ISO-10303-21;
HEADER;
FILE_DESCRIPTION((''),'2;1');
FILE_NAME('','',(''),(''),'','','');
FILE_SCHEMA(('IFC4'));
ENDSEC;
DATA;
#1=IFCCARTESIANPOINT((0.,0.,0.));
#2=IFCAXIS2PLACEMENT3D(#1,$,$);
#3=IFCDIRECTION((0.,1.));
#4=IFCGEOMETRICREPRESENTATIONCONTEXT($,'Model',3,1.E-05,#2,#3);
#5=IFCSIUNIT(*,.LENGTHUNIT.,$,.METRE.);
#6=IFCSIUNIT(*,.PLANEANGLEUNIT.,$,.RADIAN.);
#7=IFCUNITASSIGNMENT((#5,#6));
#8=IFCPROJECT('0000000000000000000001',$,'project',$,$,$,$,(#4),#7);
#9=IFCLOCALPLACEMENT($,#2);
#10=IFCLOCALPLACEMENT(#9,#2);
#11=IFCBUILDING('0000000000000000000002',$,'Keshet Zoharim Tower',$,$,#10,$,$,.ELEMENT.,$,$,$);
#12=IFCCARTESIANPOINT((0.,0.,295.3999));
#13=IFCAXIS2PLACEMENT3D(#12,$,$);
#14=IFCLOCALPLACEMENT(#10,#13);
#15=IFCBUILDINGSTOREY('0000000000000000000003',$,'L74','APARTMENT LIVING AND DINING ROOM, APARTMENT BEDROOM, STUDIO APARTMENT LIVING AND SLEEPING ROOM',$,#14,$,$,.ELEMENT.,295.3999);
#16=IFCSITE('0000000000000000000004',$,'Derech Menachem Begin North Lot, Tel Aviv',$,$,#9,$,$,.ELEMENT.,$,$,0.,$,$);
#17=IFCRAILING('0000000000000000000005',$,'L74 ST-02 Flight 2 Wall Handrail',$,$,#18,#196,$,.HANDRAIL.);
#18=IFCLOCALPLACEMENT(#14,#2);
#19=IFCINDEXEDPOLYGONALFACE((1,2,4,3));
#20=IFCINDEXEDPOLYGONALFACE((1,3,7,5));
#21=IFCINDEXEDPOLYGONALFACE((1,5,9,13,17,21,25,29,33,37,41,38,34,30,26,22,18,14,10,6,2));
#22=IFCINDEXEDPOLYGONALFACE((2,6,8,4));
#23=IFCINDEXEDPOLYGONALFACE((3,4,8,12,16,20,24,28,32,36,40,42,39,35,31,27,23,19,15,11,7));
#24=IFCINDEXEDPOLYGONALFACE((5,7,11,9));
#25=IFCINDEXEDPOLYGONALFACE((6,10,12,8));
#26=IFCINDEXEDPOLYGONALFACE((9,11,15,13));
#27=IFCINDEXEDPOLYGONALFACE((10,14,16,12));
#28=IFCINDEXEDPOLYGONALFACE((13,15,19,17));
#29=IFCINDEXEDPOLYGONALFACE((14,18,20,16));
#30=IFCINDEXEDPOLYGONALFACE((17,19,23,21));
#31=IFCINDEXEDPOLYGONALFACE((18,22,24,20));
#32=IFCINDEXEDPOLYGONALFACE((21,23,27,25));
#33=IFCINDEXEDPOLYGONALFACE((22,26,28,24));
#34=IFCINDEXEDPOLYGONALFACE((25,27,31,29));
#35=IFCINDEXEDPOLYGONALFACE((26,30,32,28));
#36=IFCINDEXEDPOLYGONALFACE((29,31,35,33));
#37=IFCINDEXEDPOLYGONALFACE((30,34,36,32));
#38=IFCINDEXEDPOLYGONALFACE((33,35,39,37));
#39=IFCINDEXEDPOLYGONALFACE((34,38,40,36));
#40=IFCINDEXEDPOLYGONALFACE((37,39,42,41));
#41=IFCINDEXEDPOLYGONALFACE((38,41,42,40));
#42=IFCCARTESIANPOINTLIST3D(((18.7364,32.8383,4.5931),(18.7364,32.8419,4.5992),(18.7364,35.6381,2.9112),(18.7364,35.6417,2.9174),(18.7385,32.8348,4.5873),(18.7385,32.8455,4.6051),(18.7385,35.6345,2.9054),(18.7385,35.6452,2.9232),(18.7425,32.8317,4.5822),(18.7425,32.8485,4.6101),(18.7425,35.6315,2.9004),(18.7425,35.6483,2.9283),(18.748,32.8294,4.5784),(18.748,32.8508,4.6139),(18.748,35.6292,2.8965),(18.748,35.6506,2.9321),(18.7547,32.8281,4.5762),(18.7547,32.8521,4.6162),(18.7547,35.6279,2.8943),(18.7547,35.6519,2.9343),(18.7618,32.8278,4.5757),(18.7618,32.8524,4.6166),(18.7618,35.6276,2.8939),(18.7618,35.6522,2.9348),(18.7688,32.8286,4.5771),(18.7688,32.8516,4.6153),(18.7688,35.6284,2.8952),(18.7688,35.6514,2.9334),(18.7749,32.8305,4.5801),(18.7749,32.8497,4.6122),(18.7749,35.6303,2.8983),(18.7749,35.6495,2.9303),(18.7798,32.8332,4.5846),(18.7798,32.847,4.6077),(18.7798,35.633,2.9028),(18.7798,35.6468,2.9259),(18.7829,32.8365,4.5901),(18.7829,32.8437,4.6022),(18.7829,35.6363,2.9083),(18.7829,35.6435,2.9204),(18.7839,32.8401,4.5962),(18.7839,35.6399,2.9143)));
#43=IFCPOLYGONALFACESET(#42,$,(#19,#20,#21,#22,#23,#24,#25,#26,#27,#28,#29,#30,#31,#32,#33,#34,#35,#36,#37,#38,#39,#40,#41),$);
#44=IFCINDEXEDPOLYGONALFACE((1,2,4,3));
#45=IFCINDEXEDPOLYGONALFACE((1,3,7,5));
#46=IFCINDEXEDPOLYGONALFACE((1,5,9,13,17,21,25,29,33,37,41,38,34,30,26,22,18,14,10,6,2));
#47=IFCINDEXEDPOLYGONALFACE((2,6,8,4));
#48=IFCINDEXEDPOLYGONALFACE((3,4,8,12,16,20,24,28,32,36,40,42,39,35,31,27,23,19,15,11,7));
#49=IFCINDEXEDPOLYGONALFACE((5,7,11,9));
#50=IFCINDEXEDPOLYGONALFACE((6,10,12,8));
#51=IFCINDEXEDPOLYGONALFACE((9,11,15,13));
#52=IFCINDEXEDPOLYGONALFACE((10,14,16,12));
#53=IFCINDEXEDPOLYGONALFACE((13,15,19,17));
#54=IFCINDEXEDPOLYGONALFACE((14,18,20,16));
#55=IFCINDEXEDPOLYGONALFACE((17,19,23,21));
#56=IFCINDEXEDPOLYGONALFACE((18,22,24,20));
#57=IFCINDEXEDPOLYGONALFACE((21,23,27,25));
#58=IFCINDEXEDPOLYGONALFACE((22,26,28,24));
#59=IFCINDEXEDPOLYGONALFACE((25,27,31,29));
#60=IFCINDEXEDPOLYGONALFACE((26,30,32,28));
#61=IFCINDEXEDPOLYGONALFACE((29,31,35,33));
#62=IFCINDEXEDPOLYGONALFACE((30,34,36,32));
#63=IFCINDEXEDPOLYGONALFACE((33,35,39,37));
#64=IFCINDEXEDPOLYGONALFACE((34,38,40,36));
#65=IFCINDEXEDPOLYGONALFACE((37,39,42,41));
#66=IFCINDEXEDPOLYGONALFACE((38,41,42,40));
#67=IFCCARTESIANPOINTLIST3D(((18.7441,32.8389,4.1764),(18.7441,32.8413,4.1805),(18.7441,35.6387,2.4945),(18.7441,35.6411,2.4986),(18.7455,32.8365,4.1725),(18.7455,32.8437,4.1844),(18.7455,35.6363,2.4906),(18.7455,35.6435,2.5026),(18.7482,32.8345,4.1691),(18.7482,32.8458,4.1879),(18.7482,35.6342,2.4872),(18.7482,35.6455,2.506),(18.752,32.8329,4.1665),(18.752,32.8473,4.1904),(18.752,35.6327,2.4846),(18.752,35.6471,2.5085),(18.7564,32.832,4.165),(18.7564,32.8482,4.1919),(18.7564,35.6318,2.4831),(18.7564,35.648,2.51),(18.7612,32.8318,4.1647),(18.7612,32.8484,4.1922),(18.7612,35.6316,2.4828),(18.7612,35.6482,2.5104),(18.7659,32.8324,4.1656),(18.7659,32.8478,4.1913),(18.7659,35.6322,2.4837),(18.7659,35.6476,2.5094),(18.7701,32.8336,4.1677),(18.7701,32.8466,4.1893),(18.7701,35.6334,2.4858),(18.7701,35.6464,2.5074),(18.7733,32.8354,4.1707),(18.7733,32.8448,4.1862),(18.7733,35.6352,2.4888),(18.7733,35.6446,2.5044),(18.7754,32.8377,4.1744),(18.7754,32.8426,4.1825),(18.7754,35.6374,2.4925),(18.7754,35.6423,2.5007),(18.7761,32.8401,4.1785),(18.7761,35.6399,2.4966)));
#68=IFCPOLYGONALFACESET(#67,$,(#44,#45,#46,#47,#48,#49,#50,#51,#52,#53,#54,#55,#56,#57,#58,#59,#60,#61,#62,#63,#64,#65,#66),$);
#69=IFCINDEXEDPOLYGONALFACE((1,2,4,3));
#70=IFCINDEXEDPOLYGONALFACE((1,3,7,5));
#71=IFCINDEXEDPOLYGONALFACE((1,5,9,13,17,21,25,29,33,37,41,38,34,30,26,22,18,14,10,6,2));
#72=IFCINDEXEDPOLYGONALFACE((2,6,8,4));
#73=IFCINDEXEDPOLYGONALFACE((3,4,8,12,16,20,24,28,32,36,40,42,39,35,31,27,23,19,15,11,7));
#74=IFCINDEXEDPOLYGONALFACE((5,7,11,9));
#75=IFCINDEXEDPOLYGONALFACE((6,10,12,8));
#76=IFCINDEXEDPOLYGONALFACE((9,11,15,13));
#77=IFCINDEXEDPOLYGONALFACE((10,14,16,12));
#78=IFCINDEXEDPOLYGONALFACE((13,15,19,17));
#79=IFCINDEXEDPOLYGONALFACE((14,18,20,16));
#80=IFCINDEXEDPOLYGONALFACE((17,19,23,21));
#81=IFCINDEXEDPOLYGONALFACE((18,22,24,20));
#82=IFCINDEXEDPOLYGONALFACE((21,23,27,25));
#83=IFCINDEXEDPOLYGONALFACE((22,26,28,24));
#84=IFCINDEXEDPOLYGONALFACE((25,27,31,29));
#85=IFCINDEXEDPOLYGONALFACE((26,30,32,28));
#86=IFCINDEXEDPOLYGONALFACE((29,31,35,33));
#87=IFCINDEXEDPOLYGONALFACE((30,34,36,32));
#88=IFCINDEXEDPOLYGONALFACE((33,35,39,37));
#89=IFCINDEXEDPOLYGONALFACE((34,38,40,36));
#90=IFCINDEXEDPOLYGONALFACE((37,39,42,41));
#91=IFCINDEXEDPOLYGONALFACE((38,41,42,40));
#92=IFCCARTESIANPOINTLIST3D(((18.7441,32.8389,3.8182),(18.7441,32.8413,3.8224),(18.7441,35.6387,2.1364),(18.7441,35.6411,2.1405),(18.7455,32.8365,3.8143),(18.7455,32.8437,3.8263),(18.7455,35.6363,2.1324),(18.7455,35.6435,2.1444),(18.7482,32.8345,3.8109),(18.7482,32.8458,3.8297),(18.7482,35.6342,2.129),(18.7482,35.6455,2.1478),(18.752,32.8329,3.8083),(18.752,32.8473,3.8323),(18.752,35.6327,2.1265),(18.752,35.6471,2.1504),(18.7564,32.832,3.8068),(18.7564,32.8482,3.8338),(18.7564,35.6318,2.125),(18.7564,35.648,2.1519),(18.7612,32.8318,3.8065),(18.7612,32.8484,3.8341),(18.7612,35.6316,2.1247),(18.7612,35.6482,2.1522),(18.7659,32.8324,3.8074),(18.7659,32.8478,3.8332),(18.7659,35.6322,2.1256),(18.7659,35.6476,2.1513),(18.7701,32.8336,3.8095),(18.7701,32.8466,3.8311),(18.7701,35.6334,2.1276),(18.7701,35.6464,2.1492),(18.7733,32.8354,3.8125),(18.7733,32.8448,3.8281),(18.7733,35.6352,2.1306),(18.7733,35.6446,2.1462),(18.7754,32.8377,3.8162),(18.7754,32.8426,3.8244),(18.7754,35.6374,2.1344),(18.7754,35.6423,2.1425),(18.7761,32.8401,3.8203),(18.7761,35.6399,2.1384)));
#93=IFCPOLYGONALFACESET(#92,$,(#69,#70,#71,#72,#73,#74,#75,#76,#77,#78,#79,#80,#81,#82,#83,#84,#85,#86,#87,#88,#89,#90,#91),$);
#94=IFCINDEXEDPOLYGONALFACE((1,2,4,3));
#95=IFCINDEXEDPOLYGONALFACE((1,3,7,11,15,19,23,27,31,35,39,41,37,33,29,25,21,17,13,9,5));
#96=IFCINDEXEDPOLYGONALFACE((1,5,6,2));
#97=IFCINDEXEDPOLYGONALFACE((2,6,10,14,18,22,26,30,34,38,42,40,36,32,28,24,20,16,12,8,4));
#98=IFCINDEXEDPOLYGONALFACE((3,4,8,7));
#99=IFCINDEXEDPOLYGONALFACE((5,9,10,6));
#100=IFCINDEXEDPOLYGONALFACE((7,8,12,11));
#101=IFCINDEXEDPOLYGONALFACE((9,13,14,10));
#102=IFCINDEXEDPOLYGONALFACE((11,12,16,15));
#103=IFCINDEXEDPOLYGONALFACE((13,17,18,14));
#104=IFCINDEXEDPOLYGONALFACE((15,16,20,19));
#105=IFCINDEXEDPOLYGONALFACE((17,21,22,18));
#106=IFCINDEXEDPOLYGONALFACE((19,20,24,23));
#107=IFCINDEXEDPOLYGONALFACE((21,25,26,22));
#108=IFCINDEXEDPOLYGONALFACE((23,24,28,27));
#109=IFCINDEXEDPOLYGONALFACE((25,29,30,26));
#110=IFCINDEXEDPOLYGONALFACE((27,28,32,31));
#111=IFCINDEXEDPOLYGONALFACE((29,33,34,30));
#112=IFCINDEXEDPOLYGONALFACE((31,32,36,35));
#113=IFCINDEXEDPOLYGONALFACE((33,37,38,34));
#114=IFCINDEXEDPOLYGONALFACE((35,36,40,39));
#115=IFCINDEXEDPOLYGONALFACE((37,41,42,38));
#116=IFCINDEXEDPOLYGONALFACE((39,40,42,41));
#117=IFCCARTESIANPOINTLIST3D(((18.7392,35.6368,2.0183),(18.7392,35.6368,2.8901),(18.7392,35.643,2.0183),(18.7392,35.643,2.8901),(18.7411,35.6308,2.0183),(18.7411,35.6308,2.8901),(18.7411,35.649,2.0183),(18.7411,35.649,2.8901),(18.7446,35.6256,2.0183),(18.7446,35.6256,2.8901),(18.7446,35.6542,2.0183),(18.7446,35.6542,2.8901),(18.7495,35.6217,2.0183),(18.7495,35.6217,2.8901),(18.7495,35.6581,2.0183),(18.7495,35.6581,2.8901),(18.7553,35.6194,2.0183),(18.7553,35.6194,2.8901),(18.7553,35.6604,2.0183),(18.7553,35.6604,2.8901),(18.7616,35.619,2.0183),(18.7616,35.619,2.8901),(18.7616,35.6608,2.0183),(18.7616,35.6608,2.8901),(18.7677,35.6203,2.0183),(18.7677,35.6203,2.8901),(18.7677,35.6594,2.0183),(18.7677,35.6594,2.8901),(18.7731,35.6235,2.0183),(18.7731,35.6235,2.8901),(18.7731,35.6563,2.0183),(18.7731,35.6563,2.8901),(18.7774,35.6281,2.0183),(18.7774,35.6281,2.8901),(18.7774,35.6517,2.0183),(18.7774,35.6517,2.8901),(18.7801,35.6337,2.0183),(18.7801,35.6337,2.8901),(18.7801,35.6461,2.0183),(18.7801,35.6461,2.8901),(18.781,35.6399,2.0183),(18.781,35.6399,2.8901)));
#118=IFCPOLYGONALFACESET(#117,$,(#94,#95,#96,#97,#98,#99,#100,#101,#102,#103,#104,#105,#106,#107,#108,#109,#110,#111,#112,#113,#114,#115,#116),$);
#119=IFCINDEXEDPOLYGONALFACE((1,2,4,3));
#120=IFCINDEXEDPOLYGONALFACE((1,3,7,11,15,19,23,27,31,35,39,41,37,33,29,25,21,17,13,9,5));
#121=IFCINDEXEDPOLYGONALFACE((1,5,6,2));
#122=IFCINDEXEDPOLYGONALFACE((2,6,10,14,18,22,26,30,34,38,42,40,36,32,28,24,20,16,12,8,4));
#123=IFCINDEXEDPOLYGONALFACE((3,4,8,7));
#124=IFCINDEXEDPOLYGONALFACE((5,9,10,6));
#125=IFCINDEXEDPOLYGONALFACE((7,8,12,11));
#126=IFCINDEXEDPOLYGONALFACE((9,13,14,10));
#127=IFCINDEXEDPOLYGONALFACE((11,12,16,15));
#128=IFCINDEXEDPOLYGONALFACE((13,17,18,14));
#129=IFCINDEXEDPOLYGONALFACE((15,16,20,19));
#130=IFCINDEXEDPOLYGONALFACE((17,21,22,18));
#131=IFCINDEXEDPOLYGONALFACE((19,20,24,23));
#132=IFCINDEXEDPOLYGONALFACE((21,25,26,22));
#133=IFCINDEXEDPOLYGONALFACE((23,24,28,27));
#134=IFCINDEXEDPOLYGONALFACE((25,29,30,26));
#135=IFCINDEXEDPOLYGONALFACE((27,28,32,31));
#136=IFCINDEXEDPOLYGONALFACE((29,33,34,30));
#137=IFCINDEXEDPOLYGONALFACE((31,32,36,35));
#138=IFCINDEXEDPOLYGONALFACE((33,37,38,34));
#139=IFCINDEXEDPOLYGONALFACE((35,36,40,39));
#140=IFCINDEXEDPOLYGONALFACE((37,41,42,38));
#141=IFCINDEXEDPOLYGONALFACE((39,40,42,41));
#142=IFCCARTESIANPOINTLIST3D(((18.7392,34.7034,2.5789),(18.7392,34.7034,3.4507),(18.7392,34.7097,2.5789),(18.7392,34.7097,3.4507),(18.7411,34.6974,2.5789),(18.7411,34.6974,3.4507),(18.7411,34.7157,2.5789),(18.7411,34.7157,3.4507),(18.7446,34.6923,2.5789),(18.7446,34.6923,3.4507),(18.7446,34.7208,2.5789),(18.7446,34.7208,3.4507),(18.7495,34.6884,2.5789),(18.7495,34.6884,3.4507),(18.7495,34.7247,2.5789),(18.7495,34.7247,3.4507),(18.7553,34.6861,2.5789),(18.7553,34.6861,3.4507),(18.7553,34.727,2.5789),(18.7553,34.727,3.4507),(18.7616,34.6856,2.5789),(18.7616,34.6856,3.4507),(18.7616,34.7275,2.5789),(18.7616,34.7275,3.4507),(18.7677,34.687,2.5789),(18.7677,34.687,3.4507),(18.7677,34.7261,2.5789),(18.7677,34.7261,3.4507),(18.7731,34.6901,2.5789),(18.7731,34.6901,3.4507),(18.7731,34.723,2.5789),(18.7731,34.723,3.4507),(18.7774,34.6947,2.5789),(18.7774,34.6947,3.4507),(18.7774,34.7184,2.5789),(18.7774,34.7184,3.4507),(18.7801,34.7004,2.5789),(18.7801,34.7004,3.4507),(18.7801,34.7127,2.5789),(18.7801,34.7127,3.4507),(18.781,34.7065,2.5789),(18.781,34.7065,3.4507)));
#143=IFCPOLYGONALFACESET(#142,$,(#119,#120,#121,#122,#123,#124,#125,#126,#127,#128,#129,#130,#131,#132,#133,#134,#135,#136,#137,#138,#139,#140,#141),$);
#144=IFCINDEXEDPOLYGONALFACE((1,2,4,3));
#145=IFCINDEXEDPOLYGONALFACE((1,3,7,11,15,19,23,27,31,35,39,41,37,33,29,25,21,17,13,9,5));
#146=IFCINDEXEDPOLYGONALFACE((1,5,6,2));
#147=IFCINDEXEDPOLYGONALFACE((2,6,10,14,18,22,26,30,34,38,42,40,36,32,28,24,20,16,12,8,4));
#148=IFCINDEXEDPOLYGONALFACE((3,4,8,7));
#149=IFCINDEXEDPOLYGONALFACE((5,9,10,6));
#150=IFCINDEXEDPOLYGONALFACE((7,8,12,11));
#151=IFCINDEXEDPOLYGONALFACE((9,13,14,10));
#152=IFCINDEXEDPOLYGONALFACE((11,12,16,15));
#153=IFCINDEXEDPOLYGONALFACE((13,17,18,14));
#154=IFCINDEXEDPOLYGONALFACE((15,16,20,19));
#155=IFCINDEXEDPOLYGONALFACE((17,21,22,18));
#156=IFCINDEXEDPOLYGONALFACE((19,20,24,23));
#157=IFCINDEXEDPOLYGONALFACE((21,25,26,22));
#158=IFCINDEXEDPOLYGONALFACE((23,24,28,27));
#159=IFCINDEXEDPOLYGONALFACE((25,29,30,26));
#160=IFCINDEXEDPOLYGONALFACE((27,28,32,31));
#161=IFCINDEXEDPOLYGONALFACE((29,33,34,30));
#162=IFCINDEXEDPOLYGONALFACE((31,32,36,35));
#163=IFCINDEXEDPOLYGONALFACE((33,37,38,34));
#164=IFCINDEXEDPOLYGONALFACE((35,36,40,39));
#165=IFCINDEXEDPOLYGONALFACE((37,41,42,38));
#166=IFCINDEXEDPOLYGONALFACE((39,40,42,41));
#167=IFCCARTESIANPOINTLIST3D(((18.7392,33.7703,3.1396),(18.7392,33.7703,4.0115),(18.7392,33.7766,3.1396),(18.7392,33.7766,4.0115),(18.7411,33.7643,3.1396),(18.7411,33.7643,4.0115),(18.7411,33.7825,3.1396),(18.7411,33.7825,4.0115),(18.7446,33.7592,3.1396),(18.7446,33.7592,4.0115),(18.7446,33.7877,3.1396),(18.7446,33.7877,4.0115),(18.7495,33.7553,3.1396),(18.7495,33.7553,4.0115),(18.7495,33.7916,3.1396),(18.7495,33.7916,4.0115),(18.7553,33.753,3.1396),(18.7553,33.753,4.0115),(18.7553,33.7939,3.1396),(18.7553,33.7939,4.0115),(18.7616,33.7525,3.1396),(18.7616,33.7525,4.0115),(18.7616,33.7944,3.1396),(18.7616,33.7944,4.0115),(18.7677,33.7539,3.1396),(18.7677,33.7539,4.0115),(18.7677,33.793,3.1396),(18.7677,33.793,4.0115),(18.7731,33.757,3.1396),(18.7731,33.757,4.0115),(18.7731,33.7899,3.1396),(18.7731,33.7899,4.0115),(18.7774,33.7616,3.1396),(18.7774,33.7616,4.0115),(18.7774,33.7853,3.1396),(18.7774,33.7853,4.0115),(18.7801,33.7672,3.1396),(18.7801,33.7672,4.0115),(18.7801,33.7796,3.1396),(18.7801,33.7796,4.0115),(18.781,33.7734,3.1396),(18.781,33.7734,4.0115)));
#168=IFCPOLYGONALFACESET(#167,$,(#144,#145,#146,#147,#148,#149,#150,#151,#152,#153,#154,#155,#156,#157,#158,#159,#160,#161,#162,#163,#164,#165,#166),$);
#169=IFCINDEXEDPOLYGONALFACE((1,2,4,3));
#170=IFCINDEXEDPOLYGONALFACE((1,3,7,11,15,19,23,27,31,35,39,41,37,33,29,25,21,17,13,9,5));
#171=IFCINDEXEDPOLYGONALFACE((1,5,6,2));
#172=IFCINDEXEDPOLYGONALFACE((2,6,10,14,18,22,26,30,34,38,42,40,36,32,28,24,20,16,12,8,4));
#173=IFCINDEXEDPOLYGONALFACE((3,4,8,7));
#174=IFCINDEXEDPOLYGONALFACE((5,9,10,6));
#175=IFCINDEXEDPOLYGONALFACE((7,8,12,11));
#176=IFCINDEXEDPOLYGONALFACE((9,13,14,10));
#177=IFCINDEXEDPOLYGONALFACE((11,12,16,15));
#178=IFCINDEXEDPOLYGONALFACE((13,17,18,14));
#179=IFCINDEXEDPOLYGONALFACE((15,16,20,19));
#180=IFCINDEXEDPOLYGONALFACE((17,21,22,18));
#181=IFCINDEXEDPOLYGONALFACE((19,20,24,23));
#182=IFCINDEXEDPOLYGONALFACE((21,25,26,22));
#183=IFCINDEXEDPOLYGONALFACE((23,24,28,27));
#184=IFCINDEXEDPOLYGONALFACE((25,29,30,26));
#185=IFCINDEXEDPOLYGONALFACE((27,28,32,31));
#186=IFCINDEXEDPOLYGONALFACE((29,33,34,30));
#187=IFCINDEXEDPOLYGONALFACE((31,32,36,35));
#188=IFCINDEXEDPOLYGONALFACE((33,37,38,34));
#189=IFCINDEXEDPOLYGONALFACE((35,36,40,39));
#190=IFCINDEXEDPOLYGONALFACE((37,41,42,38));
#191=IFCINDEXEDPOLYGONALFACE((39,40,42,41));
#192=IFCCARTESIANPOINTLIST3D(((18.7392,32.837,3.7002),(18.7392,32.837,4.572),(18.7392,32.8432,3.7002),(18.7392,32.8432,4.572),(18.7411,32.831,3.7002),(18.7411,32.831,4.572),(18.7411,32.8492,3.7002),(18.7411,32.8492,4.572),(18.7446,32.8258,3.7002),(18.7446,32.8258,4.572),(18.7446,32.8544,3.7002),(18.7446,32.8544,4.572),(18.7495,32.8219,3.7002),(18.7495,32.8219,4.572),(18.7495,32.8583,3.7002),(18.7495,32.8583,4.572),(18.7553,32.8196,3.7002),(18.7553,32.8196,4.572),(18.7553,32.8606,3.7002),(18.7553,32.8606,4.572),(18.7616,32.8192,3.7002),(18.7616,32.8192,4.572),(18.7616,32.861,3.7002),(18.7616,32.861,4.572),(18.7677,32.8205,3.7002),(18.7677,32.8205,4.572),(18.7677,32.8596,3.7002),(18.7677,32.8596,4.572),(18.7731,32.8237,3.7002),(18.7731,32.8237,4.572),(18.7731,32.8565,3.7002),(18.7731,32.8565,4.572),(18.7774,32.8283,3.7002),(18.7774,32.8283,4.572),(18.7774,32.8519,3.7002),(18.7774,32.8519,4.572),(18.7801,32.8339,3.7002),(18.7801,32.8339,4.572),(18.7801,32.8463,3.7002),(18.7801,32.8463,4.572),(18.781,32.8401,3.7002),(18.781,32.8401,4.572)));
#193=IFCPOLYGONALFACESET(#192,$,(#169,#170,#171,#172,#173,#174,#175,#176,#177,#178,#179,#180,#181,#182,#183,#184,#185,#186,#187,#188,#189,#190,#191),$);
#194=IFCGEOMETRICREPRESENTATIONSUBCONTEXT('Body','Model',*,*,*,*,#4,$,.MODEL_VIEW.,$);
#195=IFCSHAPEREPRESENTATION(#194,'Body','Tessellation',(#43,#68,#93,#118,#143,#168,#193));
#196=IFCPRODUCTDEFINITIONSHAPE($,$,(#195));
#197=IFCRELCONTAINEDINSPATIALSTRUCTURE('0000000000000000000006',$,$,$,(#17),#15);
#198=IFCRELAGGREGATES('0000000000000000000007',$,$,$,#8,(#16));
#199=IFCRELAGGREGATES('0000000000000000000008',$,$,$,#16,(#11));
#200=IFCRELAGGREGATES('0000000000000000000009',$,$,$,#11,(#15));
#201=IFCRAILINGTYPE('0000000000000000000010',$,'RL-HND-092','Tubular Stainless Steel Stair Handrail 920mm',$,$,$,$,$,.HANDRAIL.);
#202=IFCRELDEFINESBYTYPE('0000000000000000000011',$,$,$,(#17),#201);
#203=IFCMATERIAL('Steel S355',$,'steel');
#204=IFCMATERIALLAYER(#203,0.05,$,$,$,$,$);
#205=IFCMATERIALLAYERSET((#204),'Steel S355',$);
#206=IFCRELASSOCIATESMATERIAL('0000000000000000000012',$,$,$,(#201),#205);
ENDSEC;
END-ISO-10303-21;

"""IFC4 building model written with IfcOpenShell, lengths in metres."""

from ifc_helpers import new_model, si_unit, direction, frame, origin, origin_2d, place, context, subcontext, project, spatial, circle, extrude, material, layer, layer_set, type_object, element, save


model = new_model("IFC4")

# Units and contexts
model_context = context("Model", 3, precision=1e-05, world=origin(), true_north=direction((0.0, 1.0)))
body_context = subcontext(model_context, "Body", "Model", "MODEL_VIEW")
ifc_project = project(units=[si_unit("LENGTHUNIT", "METRE"), si_unit("PLANEANGLEUNIT", "RADIAN")], contexts=[model_context])

# Site, building, storey
site_placement = place(None, origin())
site = spatial("IfcSite", under=ifc_project, at=site_placement, Name="Derech Menachem Begin North Lot, Tel Aviv", CompositionType="ELEMENT", RefElevation=0.0)
building_placement = place(site_placement, origin())
building = spatial("IfcBuilding", under=site, at=building_placement, Name="Keshet Zoharim Tower", CompositionType="ELEMENT")
storey_placement = place(building_placement, frame((0.0, 0.0, 295.3999)))
storey = spatial("IfcBuildingStorey", under=building, at=storey_placement, Name="L74", Description="APARTMENT LIVING AND DINING ROOM, APARTMENT BEDROOM, STUDIO APARTMENT LIVING AND SLEEPING ROOM", CompositionType="ELEMENT", Elevation=295.3999)

# Shared definitions
ifc_material_1 = material(Name="Steel S355", Category="steel")

# Railing
ifc_layer_1 = layer(ifc_material_1, 0.05)
ifc_layer_set_1 = layer_set([ifc_layer_1], Name="Steel S355")
railing_type_1 = type_object("IfcRailingType", Name="RL-HND-092", Description="Tubular Stainless Steel Stair Handrail 920mm", PredefinedType="HANDRAIL", material=ifc_layer_set_1)
railing_1_placement = place(storey_placement, frame((18.76, 35.6399, 2.0183)))
element("IfcRailing", 1, at=railing_1_placement, inside=storey, type_object=railing_type_1, Name="L74 ST-02 Flight 2 Wall Handrail", PredefinedType="HANDRAIL", context=body_context, shape_type="SweptSolid", body=[
    extrude(circle(Radius=0.0239, at=origin_2d()), frame((0.0, 0.0, 0.896), z_axis=(0.0, -0.857222, 0.514946), x_axis=(1.0, 0.0, 0.0)), (0.0, 0.0, 1.0), 3.2661),
    extrude(circle(Radius=0.0161, at=origin_2d()), frame((0.0, 0.0, 0.4783), z_axis=(0.0, -0.857222, 0.514946), x_axis=(1.0, 0.0, 0.0)), (0.0, 0.0, 1.0), 3.2661),
    extrude(circle(Radius=0.0161, at=origin_2d()), frame((0.0, 0.0, 0.1201), z_axis=(0.0, -0.857222, 0.514946), x_axis=(1.0, 0.0, 0.0)), (0.0, 0.0, 1.0), 3.2661),
    extrude(circle(Radius=0.021, at=origin_2d()), origin(), (0.0, 0.0, 1.0), 0.8718),
    extrude(circle(Radius=0.021, at=origin_2d()), frame((0.0, -0.9333, 0.5605)), (0.0, 0.0, 1.0), 0.8718),
    extrude(circle(Radius=0.021, at=origin_2d()), frame((0.0, -1.8665, 1.1213)), (0.0, 0.0, 1.0), 0.8718),
    extrude(circle(Radius=0.021, at=origin_2d()), frame((0.0, -2.7998, 1.6819)), (0.0, 0.0, 1.0), 0.8718),
])

save(model, "model.ifc")
